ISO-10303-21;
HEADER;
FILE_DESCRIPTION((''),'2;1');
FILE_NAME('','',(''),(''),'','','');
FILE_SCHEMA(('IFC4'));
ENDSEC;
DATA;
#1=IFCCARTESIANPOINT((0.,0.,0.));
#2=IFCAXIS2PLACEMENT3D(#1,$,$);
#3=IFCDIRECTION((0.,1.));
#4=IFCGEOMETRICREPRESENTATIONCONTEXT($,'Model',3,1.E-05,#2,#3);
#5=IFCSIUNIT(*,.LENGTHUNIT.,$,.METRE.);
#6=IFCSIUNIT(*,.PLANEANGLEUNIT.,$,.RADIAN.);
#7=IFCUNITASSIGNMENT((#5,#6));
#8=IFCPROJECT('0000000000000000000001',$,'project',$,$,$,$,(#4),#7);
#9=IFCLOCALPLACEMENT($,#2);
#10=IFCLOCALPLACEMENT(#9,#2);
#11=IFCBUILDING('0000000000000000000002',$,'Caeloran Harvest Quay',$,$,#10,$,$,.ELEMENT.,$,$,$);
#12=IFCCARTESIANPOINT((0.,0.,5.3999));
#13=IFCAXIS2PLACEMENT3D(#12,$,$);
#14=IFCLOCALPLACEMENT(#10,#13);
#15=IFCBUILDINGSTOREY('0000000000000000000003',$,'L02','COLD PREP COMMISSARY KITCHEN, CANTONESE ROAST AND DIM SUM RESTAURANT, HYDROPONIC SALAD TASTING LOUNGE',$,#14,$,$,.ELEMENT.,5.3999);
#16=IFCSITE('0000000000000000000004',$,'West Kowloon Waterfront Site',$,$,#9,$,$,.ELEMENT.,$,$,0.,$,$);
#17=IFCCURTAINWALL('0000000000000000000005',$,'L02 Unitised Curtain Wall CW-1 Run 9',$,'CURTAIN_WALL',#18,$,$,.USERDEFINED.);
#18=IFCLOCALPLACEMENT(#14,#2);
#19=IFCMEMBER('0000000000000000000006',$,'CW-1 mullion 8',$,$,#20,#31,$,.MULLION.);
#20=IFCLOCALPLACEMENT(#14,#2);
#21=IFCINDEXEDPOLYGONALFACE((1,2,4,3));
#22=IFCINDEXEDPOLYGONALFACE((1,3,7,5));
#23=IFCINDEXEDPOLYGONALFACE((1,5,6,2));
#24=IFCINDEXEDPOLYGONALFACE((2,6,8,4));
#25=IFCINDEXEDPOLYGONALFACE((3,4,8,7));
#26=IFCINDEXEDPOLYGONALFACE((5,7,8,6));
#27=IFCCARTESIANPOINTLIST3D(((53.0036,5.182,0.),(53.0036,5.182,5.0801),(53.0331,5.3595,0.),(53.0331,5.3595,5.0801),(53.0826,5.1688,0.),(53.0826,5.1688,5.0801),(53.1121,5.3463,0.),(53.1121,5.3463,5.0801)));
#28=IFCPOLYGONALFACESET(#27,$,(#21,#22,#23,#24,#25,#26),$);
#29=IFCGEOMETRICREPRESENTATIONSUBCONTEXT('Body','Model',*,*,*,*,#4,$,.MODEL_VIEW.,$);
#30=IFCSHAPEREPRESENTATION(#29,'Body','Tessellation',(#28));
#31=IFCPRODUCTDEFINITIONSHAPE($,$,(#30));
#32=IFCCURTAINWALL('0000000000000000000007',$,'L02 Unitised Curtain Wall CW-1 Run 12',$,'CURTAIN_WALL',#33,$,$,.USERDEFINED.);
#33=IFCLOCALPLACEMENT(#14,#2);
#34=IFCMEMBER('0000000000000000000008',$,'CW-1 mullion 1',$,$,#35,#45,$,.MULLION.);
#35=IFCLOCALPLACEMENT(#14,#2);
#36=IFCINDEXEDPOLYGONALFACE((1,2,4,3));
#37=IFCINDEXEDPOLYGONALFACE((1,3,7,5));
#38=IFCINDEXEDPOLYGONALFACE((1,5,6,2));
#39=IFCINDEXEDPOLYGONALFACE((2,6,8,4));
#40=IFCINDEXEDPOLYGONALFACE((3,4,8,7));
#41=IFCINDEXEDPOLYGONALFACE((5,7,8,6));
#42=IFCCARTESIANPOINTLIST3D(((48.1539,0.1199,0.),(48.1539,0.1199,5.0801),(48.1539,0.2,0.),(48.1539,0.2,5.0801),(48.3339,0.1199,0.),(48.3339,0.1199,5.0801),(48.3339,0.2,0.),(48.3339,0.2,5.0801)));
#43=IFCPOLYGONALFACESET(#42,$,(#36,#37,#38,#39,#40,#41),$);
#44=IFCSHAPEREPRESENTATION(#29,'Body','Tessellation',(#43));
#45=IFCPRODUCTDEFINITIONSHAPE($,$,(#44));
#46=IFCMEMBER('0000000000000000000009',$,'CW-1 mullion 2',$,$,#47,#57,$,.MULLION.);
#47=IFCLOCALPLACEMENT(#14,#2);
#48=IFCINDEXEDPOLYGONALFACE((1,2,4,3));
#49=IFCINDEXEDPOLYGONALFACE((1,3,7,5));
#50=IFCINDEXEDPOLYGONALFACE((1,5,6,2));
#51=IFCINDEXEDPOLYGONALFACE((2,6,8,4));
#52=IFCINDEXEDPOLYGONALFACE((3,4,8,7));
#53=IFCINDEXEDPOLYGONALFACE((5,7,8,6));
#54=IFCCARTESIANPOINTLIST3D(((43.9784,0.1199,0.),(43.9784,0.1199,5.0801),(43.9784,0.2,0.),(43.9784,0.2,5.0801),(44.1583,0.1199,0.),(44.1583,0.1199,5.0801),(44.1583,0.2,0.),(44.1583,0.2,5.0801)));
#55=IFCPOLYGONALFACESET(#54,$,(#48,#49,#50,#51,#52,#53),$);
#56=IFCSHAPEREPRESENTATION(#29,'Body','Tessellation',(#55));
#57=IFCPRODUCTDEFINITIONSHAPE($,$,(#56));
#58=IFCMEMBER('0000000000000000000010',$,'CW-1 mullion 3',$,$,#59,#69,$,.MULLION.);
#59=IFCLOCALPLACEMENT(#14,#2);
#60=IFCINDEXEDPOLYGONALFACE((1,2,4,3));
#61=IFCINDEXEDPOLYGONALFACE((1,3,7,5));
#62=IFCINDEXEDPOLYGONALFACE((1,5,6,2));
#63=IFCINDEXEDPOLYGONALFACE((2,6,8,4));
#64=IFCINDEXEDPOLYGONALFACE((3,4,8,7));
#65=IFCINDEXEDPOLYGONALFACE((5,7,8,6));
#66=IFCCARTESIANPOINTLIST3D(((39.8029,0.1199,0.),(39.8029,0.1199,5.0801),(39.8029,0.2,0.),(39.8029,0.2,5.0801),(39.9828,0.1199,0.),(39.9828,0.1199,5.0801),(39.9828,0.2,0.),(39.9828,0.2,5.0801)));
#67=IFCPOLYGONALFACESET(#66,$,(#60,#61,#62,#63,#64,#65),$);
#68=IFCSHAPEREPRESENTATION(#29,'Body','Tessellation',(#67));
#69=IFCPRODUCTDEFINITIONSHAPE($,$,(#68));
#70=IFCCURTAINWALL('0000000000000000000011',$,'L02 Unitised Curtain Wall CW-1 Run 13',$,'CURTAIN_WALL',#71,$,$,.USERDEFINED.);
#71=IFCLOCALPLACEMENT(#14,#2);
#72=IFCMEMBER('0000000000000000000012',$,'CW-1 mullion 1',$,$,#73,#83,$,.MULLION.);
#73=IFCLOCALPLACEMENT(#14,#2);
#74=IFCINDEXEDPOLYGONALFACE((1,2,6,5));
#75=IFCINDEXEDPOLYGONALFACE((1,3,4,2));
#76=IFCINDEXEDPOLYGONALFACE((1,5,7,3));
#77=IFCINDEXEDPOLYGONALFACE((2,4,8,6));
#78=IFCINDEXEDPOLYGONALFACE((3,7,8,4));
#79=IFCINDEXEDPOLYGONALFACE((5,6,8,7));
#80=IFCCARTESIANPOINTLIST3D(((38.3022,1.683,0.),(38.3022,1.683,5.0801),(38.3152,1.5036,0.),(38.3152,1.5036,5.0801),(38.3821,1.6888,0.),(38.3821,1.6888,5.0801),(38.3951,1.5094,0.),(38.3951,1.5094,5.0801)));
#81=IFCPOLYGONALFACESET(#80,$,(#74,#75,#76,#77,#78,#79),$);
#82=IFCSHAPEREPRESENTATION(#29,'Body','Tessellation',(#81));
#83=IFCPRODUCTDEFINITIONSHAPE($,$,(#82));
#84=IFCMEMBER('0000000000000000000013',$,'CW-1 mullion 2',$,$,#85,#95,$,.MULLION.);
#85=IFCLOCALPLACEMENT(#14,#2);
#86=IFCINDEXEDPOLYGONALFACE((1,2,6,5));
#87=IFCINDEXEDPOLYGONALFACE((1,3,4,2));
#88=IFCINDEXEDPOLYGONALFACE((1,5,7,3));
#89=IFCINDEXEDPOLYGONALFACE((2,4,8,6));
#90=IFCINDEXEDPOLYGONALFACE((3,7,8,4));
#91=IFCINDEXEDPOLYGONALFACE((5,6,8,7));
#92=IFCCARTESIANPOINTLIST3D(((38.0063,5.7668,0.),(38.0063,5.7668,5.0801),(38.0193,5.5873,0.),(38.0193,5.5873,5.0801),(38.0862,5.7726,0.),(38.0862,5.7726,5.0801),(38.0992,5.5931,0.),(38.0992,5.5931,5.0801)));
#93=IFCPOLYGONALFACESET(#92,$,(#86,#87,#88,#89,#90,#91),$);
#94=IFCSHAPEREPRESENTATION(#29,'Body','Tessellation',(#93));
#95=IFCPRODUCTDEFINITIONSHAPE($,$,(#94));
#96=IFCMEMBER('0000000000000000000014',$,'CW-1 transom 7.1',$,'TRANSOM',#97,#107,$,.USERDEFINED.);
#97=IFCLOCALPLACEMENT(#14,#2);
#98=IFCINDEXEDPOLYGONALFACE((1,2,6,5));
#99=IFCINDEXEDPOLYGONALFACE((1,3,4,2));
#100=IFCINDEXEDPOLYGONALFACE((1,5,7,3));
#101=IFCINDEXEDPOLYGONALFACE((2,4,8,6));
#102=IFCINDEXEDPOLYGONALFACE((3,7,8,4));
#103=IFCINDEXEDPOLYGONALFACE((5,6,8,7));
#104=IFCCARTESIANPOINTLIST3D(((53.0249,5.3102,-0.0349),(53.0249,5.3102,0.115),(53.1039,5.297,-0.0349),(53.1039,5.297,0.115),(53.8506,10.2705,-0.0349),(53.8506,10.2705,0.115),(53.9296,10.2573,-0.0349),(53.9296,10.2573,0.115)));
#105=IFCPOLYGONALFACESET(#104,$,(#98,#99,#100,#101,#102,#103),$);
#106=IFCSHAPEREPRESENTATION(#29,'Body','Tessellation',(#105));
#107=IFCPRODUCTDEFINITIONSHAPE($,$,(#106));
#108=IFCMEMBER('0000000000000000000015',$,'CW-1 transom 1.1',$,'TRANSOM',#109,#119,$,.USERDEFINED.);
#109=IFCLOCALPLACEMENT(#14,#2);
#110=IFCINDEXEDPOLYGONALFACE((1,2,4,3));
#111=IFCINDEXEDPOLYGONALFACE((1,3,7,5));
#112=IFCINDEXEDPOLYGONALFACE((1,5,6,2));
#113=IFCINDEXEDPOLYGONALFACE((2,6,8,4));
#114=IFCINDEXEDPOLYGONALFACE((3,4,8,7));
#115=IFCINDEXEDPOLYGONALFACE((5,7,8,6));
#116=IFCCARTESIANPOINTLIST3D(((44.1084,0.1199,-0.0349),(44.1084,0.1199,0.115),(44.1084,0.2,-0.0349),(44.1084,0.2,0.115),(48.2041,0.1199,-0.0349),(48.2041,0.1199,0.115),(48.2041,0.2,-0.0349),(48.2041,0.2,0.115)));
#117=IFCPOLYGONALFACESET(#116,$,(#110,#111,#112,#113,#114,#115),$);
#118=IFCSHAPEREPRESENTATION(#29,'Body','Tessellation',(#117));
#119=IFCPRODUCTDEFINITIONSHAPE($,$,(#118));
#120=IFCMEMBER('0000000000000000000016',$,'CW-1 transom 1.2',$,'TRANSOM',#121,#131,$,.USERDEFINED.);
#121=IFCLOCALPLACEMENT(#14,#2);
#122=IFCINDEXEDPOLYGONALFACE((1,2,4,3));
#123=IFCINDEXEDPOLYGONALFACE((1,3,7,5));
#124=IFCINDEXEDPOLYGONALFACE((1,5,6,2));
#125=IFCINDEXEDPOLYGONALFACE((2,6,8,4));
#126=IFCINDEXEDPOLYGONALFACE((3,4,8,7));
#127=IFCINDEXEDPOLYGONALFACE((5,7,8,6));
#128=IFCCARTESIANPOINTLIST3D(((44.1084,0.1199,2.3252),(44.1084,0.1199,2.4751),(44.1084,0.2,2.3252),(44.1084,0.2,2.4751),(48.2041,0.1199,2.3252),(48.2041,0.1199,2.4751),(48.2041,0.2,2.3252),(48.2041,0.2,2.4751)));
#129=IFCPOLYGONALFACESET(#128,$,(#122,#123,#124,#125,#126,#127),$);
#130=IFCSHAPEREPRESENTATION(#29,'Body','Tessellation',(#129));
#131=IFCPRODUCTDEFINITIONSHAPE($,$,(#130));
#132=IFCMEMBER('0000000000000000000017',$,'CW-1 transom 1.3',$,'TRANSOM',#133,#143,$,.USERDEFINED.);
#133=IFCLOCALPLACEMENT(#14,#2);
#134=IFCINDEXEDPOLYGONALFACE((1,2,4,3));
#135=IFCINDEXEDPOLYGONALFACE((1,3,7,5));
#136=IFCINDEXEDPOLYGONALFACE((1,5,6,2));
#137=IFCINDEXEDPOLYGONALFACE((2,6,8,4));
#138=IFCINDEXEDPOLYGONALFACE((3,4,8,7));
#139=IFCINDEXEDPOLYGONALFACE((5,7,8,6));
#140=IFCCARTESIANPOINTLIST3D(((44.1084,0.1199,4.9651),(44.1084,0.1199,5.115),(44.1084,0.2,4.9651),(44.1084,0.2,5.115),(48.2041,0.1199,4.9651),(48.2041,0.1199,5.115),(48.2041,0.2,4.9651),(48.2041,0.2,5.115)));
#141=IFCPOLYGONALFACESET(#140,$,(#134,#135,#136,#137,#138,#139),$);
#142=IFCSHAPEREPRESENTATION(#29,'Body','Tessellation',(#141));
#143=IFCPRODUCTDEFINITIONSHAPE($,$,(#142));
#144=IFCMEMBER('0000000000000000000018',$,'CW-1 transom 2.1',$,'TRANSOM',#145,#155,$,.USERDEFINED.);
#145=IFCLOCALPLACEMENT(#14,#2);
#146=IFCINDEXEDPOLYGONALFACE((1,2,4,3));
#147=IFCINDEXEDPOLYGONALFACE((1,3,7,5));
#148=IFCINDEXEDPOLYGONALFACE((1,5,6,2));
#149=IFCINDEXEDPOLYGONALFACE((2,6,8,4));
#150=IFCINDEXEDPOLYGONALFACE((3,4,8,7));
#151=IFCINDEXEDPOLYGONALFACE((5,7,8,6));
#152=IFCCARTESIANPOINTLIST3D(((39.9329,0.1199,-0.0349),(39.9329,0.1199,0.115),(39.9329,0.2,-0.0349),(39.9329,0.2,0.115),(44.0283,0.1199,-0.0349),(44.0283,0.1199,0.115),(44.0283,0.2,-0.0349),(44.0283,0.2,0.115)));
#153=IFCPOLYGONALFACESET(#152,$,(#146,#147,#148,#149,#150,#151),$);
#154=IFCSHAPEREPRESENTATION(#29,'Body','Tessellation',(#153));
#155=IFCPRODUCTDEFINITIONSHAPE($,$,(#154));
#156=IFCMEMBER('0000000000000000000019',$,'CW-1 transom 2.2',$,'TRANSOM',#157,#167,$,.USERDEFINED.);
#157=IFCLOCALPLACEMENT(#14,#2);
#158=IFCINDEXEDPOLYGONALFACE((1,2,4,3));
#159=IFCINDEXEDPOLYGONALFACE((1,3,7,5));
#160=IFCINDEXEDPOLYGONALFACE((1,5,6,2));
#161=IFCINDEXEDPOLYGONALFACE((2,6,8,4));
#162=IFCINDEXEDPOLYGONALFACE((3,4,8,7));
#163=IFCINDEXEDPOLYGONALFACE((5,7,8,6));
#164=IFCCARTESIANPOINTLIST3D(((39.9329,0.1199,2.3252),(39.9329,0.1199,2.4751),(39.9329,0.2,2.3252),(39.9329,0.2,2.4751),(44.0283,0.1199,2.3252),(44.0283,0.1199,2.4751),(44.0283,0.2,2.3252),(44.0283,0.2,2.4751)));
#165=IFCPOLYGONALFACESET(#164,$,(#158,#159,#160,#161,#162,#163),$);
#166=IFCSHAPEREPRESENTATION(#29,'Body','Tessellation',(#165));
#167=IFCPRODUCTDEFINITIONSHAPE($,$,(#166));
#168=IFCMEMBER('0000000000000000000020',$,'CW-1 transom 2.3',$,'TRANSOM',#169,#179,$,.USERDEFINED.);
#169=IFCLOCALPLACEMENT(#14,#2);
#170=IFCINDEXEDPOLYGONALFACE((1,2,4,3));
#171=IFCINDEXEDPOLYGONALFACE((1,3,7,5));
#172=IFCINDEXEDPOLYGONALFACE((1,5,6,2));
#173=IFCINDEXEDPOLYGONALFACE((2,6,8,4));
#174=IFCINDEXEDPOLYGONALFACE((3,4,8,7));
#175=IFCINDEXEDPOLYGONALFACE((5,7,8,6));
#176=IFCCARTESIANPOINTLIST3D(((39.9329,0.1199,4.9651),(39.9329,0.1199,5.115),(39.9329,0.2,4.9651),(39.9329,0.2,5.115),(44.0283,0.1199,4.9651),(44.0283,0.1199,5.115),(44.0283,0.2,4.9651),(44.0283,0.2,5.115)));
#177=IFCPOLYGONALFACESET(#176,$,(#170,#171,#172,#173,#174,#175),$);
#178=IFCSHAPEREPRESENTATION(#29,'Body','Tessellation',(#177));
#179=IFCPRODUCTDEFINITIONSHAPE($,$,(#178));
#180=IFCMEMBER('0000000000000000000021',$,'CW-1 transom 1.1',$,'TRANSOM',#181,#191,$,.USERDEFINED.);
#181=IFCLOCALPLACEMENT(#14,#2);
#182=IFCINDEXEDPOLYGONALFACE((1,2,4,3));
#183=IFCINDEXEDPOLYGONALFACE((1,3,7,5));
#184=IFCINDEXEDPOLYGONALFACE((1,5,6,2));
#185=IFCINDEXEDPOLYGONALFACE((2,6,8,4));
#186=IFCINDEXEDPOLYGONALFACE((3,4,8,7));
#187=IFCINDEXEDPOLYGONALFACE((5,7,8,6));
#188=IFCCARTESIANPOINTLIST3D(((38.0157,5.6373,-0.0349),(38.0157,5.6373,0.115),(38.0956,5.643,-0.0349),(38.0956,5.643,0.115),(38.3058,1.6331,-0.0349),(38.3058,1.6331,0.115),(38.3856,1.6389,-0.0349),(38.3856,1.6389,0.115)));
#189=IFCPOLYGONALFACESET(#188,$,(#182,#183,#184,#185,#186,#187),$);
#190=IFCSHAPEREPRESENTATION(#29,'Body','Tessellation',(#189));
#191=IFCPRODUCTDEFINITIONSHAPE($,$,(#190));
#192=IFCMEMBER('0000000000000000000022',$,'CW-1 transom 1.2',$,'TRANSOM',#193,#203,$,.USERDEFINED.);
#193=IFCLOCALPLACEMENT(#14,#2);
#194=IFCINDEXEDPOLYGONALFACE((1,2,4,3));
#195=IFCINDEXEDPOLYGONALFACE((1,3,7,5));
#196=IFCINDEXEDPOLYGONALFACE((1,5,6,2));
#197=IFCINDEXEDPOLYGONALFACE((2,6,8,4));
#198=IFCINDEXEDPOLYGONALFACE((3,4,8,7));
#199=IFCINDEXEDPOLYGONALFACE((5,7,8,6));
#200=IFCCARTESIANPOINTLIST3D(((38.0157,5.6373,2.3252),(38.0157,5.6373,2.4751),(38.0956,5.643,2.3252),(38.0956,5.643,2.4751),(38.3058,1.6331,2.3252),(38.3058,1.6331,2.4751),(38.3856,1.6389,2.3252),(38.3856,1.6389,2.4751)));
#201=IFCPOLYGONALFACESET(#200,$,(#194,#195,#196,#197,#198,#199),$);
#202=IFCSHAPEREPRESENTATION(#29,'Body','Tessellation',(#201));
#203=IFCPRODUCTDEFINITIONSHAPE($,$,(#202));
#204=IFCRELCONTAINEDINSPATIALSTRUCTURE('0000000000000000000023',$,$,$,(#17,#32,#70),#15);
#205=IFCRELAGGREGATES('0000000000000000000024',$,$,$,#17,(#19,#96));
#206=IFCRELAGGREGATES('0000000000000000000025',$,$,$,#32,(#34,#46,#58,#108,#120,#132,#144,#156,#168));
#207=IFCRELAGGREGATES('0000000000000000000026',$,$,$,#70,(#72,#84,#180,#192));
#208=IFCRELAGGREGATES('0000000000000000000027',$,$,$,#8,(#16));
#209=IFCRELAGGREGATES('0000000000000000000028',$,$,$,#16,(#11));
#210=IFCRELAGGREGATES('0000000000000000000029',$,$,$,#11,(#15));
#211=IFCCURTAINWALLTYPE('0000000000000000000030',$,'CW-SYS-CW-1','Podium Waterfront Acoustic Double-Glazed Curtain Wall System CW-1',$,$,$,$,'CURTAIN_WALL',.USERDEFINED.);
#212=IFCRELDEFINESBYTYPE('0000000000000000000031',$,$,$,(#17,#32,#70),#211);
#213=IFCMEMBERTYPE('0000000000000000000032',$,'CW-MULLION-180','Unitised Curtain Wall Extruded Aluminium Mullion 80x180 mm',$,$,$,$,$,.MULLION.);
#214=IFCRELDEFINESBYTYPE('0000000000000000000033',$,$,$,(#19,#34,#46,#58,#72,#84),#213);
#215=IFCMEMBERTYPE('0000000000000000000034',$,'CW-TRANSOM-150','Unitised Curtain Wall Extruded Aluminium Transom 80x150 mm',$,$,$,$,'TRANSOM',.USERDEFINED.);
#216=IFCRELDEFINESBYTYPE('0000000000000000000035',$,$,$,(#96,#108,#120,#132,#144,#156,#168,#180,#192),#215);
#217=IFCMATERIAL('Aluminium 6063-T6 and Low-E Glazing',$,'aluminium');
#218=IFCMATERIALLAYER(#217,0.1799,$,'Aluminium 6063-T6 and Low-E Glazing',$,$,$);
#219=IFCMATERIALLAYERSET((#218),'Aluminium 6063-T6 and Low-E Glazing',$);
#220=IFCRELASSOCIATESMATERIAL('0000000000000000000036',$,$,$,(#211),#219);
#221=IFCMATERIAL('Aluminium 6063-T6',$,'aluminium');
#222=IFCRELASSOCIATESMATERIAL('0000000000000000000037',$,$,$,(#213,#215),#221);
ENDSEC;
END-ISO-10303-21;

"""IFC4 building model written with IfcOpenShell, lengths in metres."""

from ifc_helpers import new_model, si_unit, direction, frame, origin, origin_2d, place, context, subcontext, project, spatial, rectangle, extrude, material, layer, layer_set, material_profile, profile_set, type_object, element, aggregate, save


model = new_model("IFC4")

# Units and contexts
model_context = context("Model", 3, precision=1e-05, world=origin(), true_north=direction((0.0, 1.0)))
body_context = subcontext(model_context, "Body", "Model", "MODEL_VIEW")
ifc_project = project(units=[si_unit("LENGTHUNIT", "METRE"), si_unit("PLANEANGLEUNIT", "RADIAN")], contexts=[model_context])

# Site, building, storey
site_placement = place(None, origin())
site = spatial("IfcSite", under=ifc_project, at=site_placement, Name="West Kowloon Waterfront Site", CompositionType="ELEMENT", RefElevation=0.0)
building_placement = place(site_placement, origin())
building = spatial("IfcBuilding", under=site, at=building_placement, Name="Caeloran Harvest Quay", CompositionType="ELEMENT")
storey_placement = place(building_placement, frame((0.0, 0.0, 5.3999)))
storey = spatial("IfcBuildingStorey", under=building, at=storey_placement, Name="L02", Description="COLD PREP COMMISSARY KITCHEN, CANTONESE ROAST AND DIM SUM RESTAURANT, HYDROPONIC SALAD TASTING LOUNGE", CompositionType="ELEMENT", Elevation=5.3999)

# Curtain wall, member
ifc_material_1 = material(Name="Aluminium 6063-T6 and Low-E Glazing", Category="aluminium")
ifc_layer_1 = layer(ifc_material_1, 0.1799, Name="Aluminium 6063-T6 and Low-E Glazing")
ifc_layer_set_1 = layer_set([ifc_layer_1], Name="Aluminium 6063-T6 and Low-E Glazing")
curtain_wall_type = type_object("IfcCurtainWallType", Name="CW-SYS-CW-1", Description="Podium Waterfront Acoustic Double-Glazed Curtain Wall System CW-1", ElementType="CURTAIN_WALL", PredefinedType="USERDEFINED", material=ifc_layer_set_1)
curtain_wall_1_placement = place(storey_placement, origin())
curtain_wall_1 = element("IfcCurtainWall", 1, at=curtain_wall_1_placement, inside=storey, type_object=curtain_wall_type, Name="L02 Unitised Curtain Wall CW-1 Run 9", ObjectType="CURTAIN_WALL", PredefinedType="USERDEFINED")
ifc_material_2 = material(Name="Aluminium 6063-T6", Category="aluminium")
ifc_material_profile_1 = material_profile(ifc_material_2, rectangle(XDim=0.0801, YDim=0.1799, at=origin_2d()), Name="CW-MULLION-180")
ifc_profile_set_1 = profile_set([ifc_material_profile_1], Name="Aluminium 6063-T6")
member_type_1 = type_object("IfcMemberType", Name="CW-MULLION-180", Description="Unitised Curtain Wall Extruded Aluminium Mullion 80x180 mm", PredefinedType="MULLION", material=ifc_profile_set_1)
member_1_placement = place(storey_placement, frame((53.0579, 5.2642, 0.0), z_axis=(0.0, 0.0, 1.0), x_axis=(0.986431, -0.164175, 0.0)))
member_1 = element("IfcMember", 2, at=member_1_placement, type_object=member_type_1, Name="CW-1 mullion 8", PredefinedType="MULLION", context=body_context, shape_type="SweptSolid", body=[
    extrude(rectangle(XDim=0.0801, YDim=0.1799, at=origin_2d()), origin(), (0.0, 0.0, 1.0), 5.0801),
])

# Curtain walls, members
curtain_wall_2_placement = place(storey_placement, origin())
curtain_wall_2 = element("IfcCurtainWall", 3, at=curtain_wall_2_placement, inside=storey, type_object=curtain_wall_type, Name="L02 Unitised Curtain Wall CW-1 Run 12", ObjectType="CURTAIN_WALL", PredefinedType="USERDEFINED")
member_2_placement = place(storey_placement, frame((48.2439, 0.1599, 0.0), z_axis=(0.0, 0.0, 1.0), x_axis=(0.0, -1.0, 0.0)))
member_2 = element("IfcMember", 4, at=member_2_placement, type_object=member_type_1, Name="CW-1 mullion 1", PredefinedType="MULLION", context=body_context, shape_type="SweptSolid", body=[
    extrude(rectangle(XDim=0.0801, YDim=0.1799, at=origin_2d()), origin(), (0.0, 0.0, 1.0), 5.0801),
])
member_3_placement = place(storey_placement, frame((44.0684, 0.1599, 0.0), z_axis=(0.0, 0.0, 1.0), x_axis=(0.0, -1.0, 0.0)))
member_3 = element("IfcMember", 5, at=member_3_placement, type_object=member_type_1, Name="CW-1 mullion 2", PredefinedType="MULLION", context=body_context, shape_type="SweptSolid", body=[
    extrude(rectangle(XDim=0.0801, YDim=0.1799, at=origin_2d()), origin(), (0.0, 0.0, 1.0), 5.0801),
])
member_4_placement = place(storey_placement, frame((39.8928, 0.1599, 0.0), z_axis=(0.0, 0.0, 1.0), x_axis=(0.0, -1.0, 0.0)))
member_4 = element("IfcMember", 6, at=member_4_placement, type_object=member_type_1, Name="CW-1 mullion 3", PredefinedType="MULLION", context=body_context, shape_type="SweptSolid", body=[
    extrude(rectangle(XDim=0.0801, YDim=0.1799, at=origin_2d()), origin(), (0.0, 0.0, 1.0), 5.0801),
])
curtain_wall_3_placement = place(storey_placement, origin())
curtain_wall_3 = element("IfcCurtainWall", 7, at=curtain_wall_3_placement, inside=storey, type_object=curtain_wall_type, Name="L02 Unitised Curtain Wall CW-1 Run 13", ObjectType="CURTAIN_WALL", PredefinedType="USERDEFINED")
member_5_placement = place(storey_placement, frame((38.3486, 1.5962, 0.0), z_axis=(0.0, 0.0, 1.0), x_axis=(-0.997385, -0.072271, 0.0)))
member_5 = element("IfcMember", 8, at=member_5_placement, type_object=member_type_1, Name="CW-1 mullion 1", PredefinedType="MULLION", context=body_context, shape_type="SweptSolid", body=[
    extrude(rectangle(XDim=0.0801, YDim=0.1799, at=origin_2d()), origin(), (0.0, 0.0, 1.0), 5.0801),
])
member_6_placement = place(storey_placement, frame((38.0527, 5.6799, 0.0), z_axis=(0.0, 0.0, 1.0), x_axis=(-0.997385, -0.072271, 0.0)))
member_6 = element("IfcMember", 9, at=member_6_placement, type_object=member_type_1, Name="CW-1 mullion 2", PredefinedType="MULLION", context=body_context, shape_type="SweptSolid", body=[
    extrude(rectangle(XDim=0.0801, YDim=0.1799, at=origin_2d()), origin(), (0.0, 0.0, 1.0), 5.0801),
])

# Members
ifc_material_profile_2 = material_profile(ifc_material_2, rectangle(XDim=0.0801, YDim=0.1499, at=origin_2d()), Name="CW-TRANSOM-150")
ifc_profile_set_2 = profile_set([ifc_material_profile_2], Name="Aluminium 6063-T6")
member_type_2 = type_object("IfcMemberType", Name="CW-TRANSOM-150", Description="Unitised Curtain Wall Extruded Aluminium Transom 80x150 mm", ElementType="TRANSOM", PredefinedType="USERDEFINED", material=ifc_profile_set_2)
member_7_placement = place(storey_placement, frame((53.8901, 10.2639, 0.04), z_axis=(-0.164202, -0.986427, 0.0), x_axis=(0.986427, -0.164202, 0.0)))
member_7 = element("IfcMember", 10, at=member_7_placement, type_object=member_type_2, Name="CW-1 transom 7.1", ObjectType="TRANSOM", PredefinedType="USERDEFINED", context=body_context, shape_type="SweptSolid", body=[
    extrude(rectangle(XDim=0.0801, YDim=0.1499, at=origin_2d()), origin(), (0.0, 0.0, 1.0), 5.0286),
])
member_8_placement = place(storey_placement, frame((48.2041, 0.1599, 0.04), z_axis=(-1.0, 0.0, 0.0), x_axis=(0.0, -1.0, 0.0)))
member_8 = element("IfcMember", 11, at=member_8_placement, type_object=member_type_2, Name="CW-1 transom 1.1", ObjectType="TRANSOM", PredefinedType="USERDEFINED", context=body_context, shape_type="SweptSolid", body=[
    extrude(rectangle(XDim=0.0801, YDim=0.1499, at=origin_2d()), origin(), (0.0, 0.0, 1.0), 4.0957),
])
member_9_placement = place(storey_placement, frame((48.2041, 0.1599, 2.4001), z_axis=(-1.0, 0.0, 0.0), x_axis=(0.0, -1.0, 0.0)))
member_9 = element("IfcMember", 12, at=member_9_placement, type_object=member_type_2, Name="CW-1 transom 1.2", ObjectType="TRANSOM", PredefinedType="USERDEFINED", context=body_context, shape_type="SweptSolid", body=[
    extrude(rectangle(XDim=0.0801, YDim=0.1499, at=origin_2d()), origin(), (0.0, 0.0, 1.0), 4.0957),
])
member_10_placement = place(storey_placement, frame((48.2041, 0.1599, 5.04), z_axis=(-1.0, 0.0, 0.0), x_axis=(0.0, -1.0, 0.0)))
member_10 = element("IfcMember", 13, at=member_10_placement, type_object=member_type_2, Name="CW-1 transom 1.3", ObjectType="TRANSOM", PredefinedType="USERDEFINED", context=body_context, shape_type="SweptSolid", body=[
    extrude(rectangle(XDim=0.0801, YDim=0.1499, at=origin_2d()), origin(), (0.0, 0.0, 1.0), 4.0957),
])
member_11_placement = place(storey_placement, frame((44.0283, 0.1599, 0.04), z_axis=(-1.0, 0.0, 0.0), x_axis=(0.0, -1.0, 0.0)))
member_11 = element("IfcMember", 14, at=member_11_placement, type_object=member_type_2, Name="CW-1 transom 2.1", ObjectType="TRANSOM", PredefinedType="USERDEFINED", context=body_context, shape_type="SweptSolid", body=[
    extrude(rectangle(XDim=0.0801, YDim=0.1499, at=origin_2d()), origin(), (0.0, 0.0, 1.0), 4.0955),
])
member_12_placement = place(storey_placement, frame((44.0283, 0.1599, 2.4001), z_axis=(-1.0, 0.0, 0.0), x_axis=(0.0, -1.0, 0.0)))
member_12 = element("IfcMember", 15, at=member_12_placement, type_object=member_type_2, Name="CW-1 transom 2.2", ObjectType="TRANSOM", PredefinedType="USERDEFINED", context=body_context, shape_type="SweptSolid", body=[
    extrude(rectangle(XDim=0.0801, YDim=0.1499, at=origin_2d()), origin(), (0.0, 0.0, 1.0), 4.0955),
])
member_13_placement = place(storey_placement, frame((44.0283, 0.1599, 5.04), z_axis=(-1.0, 0.0, 0.0), x_axis=(0.0, -1.0, 0.0)))
member_13 = element("IfcMember", 16, at=member_13_placement, type_object=member_type_2, Name="CW-1 transom 2.3", ObjectType="TRANSOM", PredefinedType="USERDEFINED", context=body_context, shape_type="SweptSolid", body=[
    extrude(rectangle(XDim=0.0801, YDim=0.1499, at=origin_2d()), origin(), (0.0, 0.0, 1.0), 4.0955),
])
member_14_placement = place(storey_placement, frame((38.3457, 1.636, 0.04), z_axis=(-0.072245, 0.997387, 0.0), x_axis=(-0.997387, -0.072245, 0.0)))
member_14 = element("IfcMember", 17, at=member_14_placement, type_object=member_type_2, Name="CW-1 transom 1.1", ObjectType="TRANSOM", PredefinedType="USERDEFINED", context=body_context, shape_type="SweptSolid", body=[
    extrude(rectangle(XDim=0.0801, YDim=0.1499, at=origin_2d()), origin(), (0.0, 0.0, 1.0), 4.0146),
])
member_15_placement = place(storey_placement, frame((38.3457, 1.636, 2.4001), z_axis=(-0.072245, 0.997387, 0.0), x_axis=(-0.997387, -0.072245, 0.0)))
member_15 = element("IfcMember", 18, at=member_15_placement, type_object=member_type_2, Name="CW-1 transom 1.2", ObjectType="TRANSOM", PredefinedType="USERDEFINED", context=body_context, shape_type="SweptSolid", body=[
    extrude(rectangle(XDim=0.0801, YDim=0.1499, at=origin_2d()), origin(), (0.0, 0.0, 1.0), 4.0146),
])

aggregate(curtain_wall_1, [member_1, member_7])
aggregate(curtain_wall_2, [member_2, member_3, member_4, member_8, member_9, member_10, member_11, member_12, member_13])
aggregate(curtain_wall_3, [member_5, member_6, member_14, member_15])

save(model, "model.ifc")
